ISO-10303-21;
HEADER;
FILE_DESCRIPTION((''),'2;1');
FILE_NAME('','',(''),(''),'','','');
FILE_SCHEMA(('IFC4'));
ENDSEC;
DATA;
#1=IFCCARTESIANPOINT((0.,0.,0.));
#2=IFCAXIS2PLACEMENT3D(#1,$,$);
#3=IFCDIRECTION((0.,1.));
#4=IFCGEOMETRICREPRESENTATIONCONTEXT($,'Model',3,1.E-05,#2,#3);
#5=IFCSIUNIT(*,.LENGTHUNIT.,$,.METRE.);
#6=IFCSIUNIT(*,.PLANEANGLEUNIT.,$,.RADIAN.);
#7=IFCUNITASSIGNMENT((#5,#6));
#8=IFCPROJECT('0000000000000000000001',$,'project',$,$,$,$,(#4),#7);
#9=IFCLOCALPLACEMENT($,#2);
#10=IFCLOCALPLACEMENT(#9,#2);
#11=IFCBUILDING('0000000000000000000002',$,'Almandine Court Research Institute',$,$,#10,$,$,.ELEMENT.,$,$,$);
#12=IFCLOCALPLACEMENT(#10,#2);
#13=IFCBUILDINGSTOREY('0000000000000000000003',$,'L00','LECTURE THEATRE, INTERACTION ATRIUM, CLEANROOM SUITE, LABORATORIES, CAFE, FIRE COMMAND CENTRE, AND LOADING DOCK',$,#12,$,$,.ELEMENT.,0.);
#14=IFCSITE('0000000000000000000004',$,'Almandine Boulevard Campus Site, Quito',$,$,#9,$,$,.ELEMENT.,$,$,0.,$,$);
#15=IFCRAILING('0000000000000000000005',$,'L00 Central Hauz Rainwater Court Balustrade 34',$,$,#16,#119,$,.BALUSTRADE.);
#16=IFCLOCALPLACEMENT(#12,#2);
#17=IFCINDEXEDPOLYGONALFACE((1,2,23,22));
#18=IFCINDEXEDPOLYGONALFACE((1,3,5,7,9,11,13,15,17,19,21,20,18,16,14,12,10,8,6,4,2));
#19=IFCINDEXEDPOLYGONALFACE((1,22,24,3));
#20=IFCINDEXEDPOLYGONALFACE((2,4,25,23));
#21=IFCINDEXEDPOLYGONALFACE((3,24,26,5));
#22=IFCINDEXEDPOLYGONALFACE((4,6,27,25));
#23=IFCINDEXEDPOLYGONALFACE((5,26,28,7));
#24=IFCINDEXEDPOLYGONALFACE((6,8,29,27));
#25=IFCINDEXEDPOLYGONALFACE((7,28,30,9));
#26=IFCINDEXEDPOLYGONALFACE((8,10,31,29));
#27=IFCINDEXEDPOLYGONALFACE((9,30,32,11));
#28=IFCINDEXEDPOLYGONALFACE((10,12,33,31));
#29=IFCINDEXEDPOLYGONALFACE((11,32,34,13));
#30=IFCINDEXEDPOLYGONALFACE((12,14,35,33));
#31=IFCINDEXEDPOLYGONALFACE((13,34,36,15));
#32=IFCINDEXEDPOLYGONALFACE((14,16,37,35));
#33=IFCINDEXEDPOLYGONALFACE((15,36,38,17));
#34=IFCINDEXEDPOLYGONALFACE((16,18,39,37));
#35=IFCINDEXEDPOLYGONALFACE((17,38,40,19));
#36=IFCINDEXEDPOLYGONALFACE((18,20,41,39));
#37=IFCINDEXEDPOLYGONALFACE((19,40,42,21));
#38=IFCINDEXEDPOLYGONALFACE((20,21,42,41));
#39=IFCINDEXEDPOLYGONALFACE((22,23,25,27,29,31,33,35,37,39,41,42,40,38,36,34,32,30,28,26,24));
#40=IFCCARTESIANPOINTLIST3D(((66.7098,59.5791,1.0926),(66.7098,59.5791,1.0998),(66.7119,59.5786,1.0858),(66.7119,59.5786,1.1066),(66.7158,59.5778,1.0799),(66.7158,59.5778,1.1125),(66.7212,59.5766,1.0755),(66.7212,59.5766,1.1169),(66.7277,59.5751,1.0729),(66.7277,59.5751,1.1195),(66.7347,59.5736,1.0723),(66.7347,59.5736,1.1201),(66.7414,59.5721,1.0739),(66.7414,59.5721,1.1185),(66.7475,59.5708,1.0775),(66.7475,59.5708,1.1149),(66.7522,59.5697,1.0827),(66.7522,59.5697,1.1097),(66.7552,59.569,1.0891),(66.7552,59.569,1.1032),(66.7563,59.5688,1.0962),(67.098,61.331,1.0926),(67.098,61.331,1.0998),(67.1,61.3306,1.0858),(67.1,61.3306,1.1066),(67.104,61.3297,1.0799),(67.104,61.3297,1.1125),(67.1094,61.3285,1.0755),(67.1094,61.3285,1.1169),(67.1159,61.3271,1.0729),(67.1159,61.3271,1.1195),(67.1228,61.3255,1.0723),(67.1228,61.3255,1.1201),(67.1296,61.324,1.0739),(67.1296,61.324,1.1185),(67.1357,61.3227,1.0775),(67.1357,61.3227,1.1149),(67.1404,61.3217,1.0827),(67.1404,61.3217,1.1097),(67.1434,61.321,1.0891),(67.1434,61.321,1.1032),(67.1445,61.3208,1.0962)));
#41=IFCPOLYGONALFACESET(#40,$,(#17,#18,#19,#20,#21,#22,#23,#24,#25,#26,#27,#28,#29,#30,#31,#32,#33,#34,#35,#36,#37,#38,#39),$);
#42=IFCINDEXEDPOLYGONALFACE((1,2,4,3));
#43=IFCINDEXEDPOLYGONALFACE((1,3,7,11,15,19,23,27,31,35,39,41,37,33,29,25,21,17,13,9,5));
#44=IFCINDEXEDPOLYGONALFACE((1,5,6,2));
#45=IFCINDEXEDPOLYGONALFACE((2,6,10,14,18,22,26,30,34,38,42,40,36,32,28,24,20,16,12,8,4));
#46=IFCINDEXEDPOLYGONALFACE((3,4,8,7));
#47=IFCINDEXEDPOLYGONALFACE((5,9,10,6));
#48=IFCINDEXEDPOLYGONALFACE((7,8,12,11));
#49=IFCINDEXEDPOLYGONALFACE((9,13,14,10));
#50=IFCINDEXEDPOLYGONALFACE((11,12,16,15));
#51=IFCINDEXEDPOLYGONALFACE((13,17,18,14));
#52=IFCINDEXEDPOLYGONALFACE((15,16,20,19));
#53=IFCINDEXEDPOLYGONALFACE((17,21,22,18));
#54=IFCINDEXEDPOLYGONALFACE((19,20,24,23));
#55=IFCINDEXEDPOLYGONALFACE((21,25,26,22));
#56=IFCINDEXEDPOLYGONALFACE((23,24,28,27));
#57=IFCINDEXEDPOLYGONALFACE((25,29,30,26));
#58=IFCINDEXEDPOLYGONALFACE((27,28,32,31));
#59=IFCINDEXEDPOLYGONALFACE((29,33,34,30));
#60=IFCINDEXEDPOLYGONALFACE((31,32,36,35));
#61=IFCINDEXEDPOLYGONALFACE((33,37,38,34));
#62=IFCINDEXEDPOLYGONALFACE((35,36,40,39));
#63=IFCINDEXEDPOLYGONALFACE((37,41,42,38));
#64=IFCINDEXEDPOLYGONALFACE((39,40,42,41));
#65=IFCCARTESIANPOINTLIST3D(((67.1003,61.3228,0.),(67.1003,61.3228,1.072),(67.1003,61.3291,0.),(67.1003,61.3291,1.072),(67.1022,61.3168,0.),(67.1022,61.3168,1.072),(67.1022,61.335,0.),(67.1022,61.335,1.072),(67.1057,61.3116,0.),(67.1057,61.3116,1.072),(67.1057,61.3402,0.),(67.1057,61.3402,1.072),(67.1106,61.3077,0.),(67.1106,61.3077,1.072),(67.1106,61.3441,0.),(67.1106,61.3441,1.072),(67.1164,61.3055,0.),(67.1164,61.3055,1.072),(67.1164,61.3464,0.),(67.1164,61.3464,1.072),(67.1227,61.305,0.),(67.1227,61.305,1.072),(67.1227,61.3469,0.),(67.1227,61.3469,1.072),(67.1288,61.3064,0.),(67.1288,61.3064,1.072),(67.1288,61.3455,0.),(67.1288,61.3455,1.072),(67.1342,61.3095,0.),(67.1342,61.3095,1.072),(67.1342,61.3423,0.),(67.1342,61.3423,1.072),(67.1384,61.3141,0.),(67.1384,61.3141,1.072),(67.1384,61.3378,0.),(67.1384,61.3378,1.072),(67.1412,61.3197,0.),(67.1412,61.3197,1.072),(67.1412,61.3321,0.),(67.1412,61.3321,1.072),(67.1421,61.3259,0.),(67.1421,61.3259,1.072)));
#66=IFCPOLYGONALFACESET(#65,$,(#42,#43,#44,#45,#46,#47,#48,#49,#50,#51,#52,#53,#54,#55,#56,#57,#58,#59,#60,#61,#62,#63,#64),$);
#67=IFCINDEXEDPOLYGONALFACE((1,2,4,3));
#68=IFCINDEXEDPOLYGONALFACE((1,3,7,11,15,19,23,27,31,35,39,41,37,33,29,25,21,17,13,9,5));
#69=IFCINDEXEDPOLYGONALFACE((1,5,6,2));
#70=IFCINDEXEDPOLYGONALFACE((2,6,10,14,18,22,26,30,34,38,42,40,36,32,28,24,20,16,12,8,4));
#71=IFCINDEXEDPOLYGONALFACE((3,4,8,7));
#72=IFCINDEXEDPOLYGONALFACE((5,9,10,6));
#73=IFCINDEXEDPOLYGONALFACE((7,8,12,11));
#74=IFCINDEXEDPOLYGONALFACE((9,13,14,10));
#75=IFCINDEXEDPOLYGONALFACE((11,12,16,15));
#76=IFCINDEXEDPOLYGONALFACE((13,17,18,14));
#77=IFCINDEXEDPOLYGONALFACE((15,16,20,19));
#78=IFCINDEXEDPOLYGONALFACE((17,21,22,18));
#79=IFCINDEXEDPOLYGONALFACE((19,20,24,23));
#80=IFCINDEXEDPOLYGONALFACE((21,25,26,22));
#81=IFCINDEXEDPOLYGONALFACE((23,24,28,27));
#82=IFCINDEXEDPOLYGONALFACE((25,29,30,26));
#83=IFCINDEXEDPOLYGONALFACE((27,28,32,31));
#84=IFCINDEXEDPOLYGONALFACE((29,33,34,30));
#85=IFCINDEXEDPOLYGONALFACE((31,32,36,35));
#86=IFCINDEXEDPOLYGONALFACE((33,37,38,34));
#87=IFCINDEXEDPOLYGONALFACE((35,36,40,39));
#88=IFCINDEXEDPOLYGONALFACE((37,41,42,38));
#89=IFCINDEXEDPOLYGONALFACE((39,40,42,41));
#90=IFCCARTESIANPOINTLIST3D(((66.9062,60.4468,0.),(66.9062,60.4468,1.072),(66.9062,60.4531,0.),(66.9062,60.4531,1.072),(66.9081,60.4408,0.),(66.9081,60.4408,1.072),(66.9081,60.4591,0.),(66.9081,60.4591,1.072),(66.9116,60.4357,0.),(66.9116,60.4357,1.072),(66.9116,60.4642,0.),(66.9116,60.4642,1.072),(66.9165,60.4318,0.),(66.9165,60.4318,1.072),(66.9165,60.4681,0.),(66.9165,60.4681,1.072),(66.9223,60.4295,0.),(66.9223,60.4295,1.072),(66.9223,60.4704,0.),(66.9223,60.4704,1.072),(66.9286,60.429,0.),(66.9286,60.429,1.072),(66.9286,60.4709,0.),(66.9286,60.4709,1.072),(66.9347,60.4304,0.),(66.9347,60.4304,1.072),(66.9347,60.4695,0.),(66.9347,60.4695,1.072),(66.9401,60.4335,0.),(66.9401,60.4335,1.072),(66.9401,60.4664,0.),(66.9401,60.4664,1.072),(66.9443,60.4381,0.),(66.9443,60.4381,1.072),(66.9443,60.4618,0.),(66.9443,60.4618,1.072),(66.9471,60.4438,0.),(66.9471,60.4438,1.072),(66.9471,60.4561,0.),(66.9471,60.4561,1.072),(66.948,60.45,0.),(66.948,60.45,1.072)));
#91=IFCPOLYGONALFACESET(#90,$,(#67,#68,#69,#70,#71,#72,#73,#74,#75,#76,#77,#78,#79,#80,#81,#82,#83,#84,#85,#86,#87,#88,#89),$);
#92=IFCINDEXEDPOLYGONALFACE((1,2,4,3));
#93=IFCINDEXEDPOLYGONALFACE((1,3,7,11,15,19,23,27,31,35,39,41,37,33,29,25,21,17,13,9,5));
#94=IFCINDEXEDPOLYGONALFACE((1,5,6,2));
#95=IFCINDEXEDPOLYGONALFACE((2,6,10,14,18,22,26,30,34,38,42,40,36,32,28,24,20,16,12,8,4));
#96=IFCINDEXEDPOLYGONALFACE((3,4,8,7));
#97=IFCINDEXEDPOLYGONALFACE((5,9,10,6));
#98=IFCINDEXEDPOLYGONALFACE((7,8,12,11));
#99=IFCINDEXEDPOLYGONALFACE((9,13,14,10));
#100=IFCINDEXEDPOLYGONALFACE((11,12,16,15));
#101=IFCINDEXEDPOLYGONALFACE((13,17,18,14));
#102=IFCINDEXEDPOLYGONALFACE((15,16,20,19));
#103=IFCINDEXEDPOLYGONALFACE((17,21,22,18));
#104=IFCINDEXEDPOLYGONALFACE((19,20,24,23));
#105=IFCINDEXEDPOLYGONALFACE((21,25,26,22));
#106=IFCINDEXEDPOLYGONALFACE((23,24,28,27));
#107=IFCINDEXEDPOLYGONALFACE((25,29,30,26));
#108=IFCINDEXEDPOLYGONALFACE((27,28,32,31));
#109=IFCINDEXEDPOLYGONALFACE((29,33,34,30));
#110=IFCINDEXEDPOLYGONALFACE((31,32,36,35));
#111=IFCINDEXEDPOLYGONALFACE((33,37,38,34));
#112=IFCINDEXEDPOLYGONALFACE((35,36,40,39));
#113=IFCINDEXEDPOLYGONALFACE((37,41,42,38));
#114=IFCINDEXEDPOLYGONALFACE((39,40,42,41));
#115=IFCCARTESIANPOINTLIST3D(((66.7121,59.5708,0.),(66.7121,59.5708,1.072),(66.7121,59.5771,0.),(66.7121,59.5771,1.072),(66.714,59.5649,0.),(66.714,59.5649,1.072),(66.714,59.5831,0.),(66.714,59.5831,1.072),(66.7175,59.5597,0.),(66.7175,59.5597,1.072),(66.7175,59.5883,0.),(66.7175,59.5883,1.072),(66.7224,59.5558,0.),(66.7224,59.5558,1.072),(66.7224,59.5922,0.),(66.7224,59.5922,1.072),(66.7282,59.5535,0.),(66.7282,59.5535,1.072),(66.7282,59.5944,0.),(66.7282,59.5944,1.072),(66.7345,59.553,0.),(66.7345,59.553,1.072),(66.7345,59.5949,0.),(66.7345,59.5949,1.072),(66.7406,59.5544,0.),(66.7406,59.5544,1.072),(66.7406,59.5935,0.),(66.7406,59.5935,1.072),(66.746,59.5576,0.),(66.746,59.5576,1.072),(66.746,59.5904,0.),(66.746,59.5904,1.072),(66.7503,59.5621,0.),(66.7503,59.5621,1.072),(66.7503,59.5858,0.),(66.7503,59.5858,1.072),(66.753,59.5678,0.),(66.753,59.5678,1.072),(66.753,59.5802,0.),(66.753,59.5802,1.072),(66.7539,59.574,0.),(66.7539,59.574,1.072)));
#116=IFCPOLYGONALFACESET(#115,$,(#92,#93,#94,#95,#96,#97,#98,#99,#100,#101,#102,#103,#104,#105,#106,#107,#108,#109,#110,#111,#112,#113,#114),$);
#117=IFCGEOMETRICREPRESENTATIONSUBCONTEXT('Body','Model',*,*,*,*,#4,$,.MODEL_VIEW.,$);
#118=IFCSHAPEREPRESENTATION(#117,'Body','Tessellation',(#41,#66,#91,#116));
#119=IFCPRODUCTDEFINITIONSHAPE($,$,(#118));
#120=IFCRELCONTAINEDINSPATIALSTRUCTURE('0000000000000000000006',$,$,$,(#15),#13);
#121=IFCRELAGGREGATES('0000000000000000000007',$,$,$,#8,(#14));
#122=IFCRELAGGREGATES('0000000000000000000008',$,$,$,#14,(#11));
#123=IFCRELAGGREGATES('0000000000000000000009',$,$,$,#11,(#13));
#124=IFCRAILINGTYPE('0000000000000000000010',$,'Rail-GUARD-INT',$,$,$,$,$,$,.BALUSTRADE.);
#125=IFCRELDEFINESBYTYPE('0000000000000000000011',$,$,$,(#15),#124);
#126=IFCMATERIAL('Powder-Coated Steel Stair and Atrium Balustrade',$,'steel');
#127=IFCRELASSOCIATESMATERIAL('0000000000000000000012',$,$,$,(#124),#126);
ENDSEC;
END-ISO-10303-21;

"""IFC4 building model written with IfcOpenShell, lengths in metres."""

from ifc_helpers import new_model, si_unit, direction, frame, origin, origin_2d, place, context, subcontext, project, spatial, circle, extrude, material, type_object, element, save


model = new_model("IFC4")

# Units and contexts
model_context = context("Model", 3, precision=1e-05, world=origin(), true_north=direction((0.0, 1.0)))
body_context = subcontext(model_context, "Body", "Model", "MODEL_VIEW")
ifc_project = project(units=[si_unit("LENGTHUNIT", "METRE"), si_unit("PLANEANGLEUNIT", "RADIAN")], contexts=[model_context])

# Site, building, storey
site_placement = place(None, origin())
site = spatial("IfcSite", under=ifc_project, at=site_placement, Name="Almandine Boulevard Campus Site, Quito", CompositionType="ELEMENT", RefElevation=0.0)
building_placement = place(site_placement, origin())
building = spatial("IfcBuilding", under=site, at=building_placement, Name="Almandine Court Research Institute", CompositionType="ELEMENT")
storey_placement = place(building_placement, origin())
storey = spatial("IfcBuildingStorey", under=building, at=storey_placement, Name="L00", Description="LECTURE THEATRE, INTERACTION ATRIUM, CLEANROOM SUITE, LABORATORIES, CAFE, FIRE COMMAND CENTRE, AND LOADING DOCK", CompositionType="ELEMENT", Elevation=0.0)

# Railing
ifc_material_1 = material(Name="Powder-Coated Steel Stair and Atrium Balustrade", Category="steel")
railing_type = type_object("IfcRailingType", Name="Rail-GUARD-INT", PredefinedType="BALUSTRADE", material=ifc_material_1)
railing_1_placement = place(storey_placement, frame((67.1211, 61.3259, 0.0)))
element("IfcRailing", 1, at=railing_1_placement, inside=storey, type_object=railing_type, Name="L00 Central Hauz Rainwater Court Balustrade 34", PredefinedType="BALUSTRADE", context=body_context, shape_type="SweptSolid", body=[
    extrude(circle(Radius=0.0239, at=origin_2d()), frame((0.0, 0.0, 1.0962), z_axis=(-0.216325, -0.976321, 0.0), x_axis=(0.976321, -0.216325, 0.0)), (0.0, 0.0, 1.0), 1.7944),
    extrude(circle(Radius=0.021, at=origin_2d()), origin(), (0.0, 0.0, 1.0), 1.072),
    extrude(circle(Radius=0.021, at=origin_2d()), frame((-0.1941, -0.876, 0.0)), (0.0, 0.0, 1.0), 1.072),
    extrude(circle(Radius=0.021, at=origin_2d()), frame((-0.3882, -1.752, 0.0)), (0.0, 0.0, 1.0), 1.072),
])

save(model, "model.ifc")
